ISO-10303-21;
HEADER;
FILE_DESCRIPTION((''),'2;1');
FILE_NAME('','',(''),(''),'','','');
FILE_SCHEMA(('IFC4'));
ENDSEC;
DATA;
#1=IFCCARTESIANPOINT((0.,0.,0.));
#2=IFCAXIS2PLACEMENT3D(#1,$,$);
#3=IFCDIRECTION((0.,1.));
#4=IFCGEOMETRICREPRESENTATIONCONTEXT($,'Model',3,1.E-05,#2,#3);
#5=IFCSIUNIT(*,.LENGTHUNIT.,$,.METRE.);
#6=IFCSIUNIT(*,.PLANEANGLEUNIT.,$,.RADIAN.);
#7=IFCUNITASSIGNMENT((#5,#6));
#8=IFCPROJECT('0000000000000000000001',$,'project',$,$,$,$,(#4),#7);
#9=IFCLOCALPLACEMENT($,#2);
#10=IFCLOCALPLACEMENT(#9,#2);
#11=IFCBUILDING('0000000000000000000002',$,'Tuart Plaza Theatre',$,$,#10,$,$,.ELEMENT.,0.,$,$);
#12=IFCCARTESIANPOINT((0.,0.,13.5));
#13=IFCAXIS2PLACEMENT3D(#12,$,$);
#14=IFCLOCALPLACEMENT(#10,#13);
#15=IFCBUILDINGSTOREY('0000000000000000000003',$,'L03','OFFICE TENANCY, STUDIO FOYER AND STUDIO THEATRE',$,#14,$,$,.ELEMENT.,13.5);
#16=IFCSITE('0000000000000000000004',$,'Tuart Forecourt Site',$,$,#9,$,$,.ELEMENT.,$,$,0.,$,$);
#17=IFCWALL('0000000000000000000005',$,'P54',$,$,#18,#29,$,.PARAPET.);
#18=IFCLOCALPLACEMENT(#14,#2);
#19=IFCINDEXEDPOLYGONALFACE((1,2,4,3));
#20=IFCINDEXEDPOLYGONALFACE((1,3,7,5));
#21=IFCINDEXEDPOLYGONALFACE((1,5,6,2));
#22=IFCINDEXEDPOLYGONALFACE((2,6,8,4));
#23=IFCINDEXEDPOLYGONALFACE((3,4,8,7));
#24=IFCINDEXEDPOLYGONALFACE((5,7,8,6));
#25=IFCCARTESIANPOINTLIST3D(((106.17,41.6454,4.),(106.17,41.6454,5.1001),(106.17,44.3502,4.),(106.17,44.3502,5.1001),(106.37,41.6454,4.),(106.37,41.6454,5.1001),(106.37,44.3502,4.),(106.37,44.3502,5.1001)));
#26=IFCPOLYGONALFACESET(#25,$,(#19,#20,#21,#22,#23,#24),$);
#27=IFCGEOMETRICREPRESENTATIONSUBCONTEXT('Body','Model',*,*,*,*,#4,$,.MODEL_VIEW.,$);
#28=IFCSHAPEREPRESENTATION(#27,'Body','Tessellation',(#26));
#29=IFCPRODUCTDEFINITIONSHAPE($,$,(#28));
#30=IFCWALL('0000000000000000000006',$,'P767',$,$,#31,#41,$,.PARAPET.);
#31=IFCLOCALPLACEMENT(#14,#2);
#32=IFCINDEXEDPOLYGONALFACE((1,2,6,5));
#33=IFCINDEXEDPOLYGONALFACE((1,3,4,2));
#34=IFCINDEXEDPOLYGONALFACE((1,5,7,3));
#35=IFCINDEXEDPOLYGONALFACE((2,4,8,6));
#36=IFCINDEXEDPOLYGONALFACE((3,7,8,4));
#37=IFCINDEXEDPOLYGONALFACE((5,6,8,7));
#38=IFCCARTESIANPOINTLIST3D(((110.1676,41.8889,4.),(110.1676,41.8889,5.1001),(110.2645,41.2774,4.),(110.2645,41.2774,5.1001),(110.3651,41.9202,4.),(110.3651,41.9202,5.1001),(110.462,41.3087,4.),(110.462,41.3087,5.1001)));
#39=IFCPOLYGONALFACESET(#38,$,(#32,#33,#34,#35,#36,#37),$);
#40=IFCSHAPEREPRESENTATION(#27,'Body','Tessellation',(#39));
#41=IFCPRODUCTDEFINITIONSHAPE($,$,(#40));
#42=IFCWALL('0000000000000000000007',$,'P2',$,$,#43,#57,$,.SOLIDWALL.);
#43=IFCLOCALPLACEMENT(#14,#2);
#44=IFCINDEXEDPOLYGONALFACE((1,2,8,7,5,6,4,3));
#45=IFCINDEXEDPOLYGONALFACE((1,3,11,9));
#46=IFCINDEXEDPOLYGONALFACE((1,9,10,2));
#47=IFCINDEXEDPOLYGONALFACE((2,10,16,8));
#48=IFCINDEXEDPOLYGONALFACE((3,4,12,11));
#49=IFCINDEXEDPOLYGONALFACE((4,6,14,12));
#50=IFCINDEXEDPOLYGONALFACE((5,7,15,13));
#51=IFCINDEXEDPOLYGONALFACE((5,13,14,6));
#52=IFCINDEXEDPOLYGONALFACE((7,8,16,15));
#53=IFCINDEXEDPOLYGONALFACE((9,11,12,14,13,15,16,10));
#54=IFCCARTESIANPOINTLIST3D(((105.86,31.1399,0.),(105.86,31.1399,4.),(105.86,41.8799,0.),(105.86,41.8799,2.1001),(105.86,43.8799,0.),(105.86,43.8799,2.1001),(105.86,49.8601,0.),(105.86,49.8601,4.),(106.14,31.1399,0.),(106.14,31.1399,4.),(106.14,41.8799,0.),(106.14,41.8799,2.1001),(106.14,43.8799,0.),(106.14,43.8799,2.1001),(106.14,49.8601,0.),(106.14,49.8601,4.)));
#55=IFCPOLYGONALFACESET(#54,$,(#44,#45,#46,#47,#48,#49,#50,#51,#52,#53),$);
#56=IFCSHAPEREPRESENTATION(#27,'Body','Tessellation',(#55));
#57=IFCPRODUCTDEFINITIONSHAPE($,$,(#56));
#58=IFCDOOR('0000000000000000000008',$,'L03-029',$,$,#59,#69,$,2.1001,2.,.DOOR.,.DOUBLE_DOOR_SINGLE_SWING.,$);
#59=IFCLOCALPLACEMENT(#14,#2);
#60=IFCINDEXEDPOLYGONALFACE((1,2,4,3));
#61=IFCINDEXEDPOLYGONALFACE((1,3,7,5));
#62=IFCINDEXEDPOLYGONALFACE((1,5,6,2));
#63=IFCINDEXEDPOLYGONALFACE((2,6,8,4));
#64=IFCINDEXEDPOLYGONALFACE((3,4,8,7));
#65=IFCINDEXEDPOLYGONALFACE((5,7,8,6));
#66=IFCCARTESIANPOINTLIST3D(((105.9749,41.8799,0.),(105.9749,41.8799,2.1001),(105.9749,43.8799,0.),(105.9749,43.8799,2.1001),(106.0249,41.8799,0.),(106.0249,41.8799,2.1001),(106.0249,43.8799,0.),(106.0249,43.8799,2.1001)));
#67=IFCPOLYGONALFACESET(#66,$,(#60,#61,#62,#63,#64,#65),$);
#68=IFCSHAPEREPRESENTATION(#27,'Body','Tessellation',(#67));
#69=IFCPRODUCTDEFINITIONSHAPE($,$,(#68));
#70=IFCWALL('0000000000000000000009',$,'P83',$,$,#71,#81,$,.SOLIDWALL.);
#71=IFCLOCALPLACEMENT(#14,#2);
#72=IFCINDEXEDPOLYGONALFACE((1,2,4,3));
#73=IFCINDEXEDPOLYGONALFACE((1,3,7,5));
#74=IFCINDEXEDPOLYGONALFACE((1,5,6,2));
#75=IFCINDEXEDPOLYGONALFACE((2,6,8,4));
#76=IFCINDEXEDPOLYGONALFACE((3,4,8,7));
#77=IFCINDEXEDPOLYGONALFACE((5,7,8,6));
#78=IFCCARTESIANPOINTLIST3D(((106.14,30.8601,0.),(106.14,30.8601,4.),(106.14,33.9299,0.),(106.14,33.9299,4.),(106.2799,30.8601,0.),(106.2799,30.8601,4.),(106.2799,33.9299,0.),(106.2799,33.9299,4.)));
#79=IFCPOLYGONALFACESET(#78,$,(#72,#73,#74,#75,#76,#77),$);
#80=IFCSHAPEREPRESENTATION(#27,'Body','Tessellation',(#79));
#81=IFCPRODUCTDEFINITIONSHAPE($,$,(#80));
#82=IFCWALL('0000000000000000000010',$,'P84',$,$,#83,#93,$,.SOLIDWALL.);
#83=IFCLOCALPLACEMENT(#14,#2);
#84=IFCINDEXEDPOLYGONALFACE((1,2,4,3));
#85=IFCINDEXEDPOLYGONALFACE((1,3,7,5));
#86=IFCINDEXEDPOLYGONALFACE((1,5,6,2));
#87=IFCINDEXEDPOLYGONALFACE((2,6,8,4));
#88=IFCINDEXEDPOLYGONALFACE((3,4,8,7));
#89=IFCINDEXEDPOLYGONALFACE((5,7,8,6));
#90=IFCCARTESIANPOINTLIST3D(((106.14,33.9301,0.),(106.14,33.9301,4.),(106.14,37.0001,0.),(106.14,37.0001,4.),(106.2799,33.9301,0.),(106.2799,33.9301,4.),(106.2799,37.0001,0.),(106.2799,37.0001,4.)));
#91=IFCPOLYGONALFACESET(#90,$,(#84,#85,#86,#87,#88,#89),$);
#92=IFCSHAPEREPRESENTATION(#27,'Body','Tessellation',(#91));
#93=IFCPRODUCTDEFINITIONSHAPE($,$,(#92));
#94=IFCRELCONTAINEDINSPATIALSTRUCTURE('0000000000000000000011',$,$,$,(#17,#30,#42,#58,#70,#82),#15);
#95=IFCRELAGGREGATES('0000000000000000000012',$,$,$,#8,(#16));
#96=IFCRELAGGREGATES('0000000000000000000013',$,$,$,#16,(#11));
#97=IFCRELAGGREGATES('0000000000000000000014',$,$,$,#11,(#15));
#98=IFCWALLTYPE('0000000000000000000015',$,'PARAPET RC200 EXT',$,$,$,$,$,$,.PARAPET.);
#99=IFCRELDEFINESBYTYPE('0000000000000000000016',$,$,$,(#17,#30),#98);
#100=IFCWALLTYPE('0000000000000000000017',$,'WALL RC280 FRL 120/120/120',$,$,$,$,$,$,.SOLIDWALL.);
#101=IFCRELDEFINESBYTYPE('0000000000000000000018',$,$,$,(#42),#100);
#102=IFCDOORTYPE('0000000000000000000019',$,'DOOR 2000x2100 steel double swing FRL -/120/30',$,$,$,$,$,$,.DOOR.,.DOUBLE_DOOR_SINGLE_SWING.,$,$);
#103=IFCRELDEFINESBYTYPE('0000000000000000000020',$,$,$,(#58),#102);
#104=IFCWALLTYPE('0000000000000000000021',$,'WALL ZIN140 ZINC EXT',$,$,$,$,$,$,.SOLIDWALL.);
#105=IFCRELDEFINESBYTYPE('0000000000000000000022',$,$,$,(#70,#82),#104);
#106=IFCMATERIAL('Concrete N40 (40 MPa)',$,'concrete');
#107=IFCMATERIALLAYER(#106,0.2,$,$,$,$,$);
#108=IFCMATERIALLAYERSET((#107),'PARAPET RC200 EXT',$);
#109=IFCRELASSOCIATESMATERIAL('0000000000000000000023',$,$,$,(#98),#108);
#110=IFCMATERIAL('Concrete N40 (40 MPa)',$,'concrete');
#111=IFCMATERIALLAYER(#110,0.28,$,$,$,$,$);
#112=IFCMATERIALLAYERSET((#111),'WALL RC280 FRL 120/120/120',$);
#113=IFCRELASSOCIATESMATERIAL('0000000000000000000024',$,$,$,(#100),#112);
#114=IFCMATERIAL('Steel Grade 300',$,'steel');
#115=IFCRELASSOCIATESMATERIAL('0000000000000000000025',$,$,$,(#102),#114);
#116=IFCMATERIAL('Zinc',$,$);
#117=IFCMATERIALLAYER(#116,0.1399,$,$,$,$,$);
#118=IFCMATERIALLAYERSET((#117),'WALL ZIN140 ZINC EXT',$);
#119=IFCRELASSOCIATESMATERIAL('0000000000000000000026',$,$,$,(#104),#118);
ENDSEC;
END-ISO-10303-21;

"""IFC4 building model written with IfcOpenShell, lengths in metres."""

from ifc_helpers import new_model, si_unit, direction, frame, frame_2d, origin, place, context, subcontext, project, spatial, rectangle, extrude, material, layer, layer_set, type_object, element, fill, save


model = new_model("IFC4")

# Units and contexts
model_context = context("Model", 3, precision=1e-05, world=origin(), true_north=direction((0.0, 1.0)))
body_context = subcontext(model_context, "Body", "Model", "MODEL_VIEW")
ifc_project = project(units=[si_unit("LENGTHUNIT", "METRE"), si_unit("PLANEANGLEUNIT", "RADIAN")], contexts=[model_context])

# Site, building, storey
site_placement = place(None, origin())
site = spatial("IfcSite", under=ifc_project, at=site_placement, Name="Tuart Forecourt Site", CompositionType="ELEMENT", RefElevation=0.0)
building_placement = place(site_placement, origin())
building = spatial("IfcBuilding", under=site, at=building_placement, Name="Tuart Plaza Theatre", CompositionType="ELEMENT", ElevationOfRefHeight=0.0)
storey_placement = place(building_placement, frame((0.0, 0.0, 13.5)))
storey = spatial("IfcBuildingStorey", under=building, at=storey_placement, Name="L03", Description="OFFICE TENANCY, STUDIO FOYER AND STUDIO THEATRE", CompositionType="ELEMENT", Elevation=13.5)

# Walls
ifc_material_1 = material(Name="Concrete N40 (40 MPa)", Category="concrete")
ifc_layer_1 = layer(ifc_material_1, 0.2)
ifc_layer_set_1 = layer_set([ifc_layer_1], Name="PARAPET RC200 EXT")
wall_type_1 = type_object("IfcWallType", Name="PARAPET RC200 EXT", PredefinedType="PARAPET", material=ifc_layer_set_1)
wall_1_placement = place(storey_placement, frame((106.27, 41.6453, 4.0), z_axis=(0.0, 0.0, 1.0), x_axis=(0.0, 1.0, 0.0)))
element("IfcWall", 1, at=wall_1_placement, inside=storey, type_object=wall_type_1, Name="P54", PredefinedType="PARAPET", context=body_context, shape_type="SweptSolid", body=[
    extrude(rectangle(XDim=2.7048, YDim=0.2, at=frame_2d((1.3525, 0.0))), origin(), (0.0, 0.0, 1.0), 1.1001),
])
wall_2_placement = place(storey_placement, frame((110.2664, 41.9045, 4.0), z_axis=(0.0, 0.0, 1.0), x_axis=(0.156529, -0.987673, 0.0)))
element("IfcWall", 2, at=wall_2_placement, inside=storey, type_object=wall_type_1, Name="P767", PredefinedType="PARAPET", context=body_context, shape_type="SweptSolid", body=[
    extrude(rectangle(XDim=0.6191, YDim=0.2, at=frame_2d((0.3096, 0.0))), origin(), (0.0, 0.0, 1.0), 1.1001),
])

# Wall, opening, door
ifc_material_2 = material(Name="Concrete N40 (40 MPa)", Category="concrete")
ifc_layer_2 = layer(ifc_material_2, 0.28)
ifc_layer_set_2 = layer_set([ifc_layer_2], Name="WALL RC280 FRL 120/120/120")
wall_type_2 = type_object("IfcWallType", Name="WALL RC280 FRL 120/120/120", PredefinedType="SOLIDWALL", material=ifc_layer_set_2)
wall_3_placement = place(storey_placement, frame((106.0, 31.1399, 0.0), z_axis=(0.0, 0.0, 1.0), x_axis=(0.0, 1.0, 0.0)))
wall_3 = element("IfcWall", 3, at=wall_3_placement, inside=storey, type_object=wall_type_2, Name="P2", PredefinedType="SOLIDWALL", context=body_context, shape_type="SweptSolid", body=[
    extrude(rectangle(XDim=18.7202, YDim=0.28, at=frame_2d((9.3601, 0.0))), origin(), (0.0, 0.0, 1.0), 4.0),
])
opening_placement = place(wall_3_placement, frame((10.74, 0.0, 0.0)))
opening = element("IfcOpeningElement", 4, at=opening_placement, cuts=wall_3, PredefinedType="OPENING", context=body_context, shape_type="SweptSolid", body=[
    extrude(rectangle(XDim=2.0, YDim=2.1001, at=frame_2d((1.0, 1.05))), frame((0.0, 0.1499, 0.0), z_axis=(0.0, -1.0, 0.0), x_axis=(1.0, 0.0, 0.0)), (0.0, 0.0, 1.0), 0.3),
])
ifc_material_3 = material(Name="Steel Grade 300", Category="steel")
door_type = type_object("IfcDoorType", Name="DOOR 2000x2100 steel double swing FRL -/120/30", OperationType="DOUBLE_DOOR_SINGLE_SWING", PredefinedType="DOOR", material=ifc_material_3)
door_placement = place(opening_placement, frame((2.0, 0.0, 0.0), z_axis=(0.0, 0.0, 1.0), x_axis=(-1.0, 0.0, 0.0)))
door = element("IfcDoor", 5, at=door_placement, inside=storey, type_object=door_type, Name="L03-029", OperationType="DOUBLE_DOOR_SINGLE_SWING", OverallHeight=2.1001, OverallWidth=2.0, PredefinedType="DOOR", context=body_context, shape_type="SweptSolid", body=[
    extrude(rectangle(XDim=2.0, YDim=2.1001, at=frame_2d((1.0, 1.05))), frame((0.0, 0.0249, 0.0), z_axis=(0.0, -1.0, 0.0), x_axis=(1.0, 0.0, 0.0)), (0.0, 0.0, 1.0), 0.05),
])
fill(opening, door)

# Walls
ifc_material_4 = material(Name="Zinc")
ifc_layer_3 = layer(ifc_material_4, 0.1399)
ifc_layer_set_3 = layer_set([ifc_layer_3], Name="WALL ZIN140 ZINC EXT")
wall_type_3 = type_object("IfcWallType", Name="WALL ZIN140 ZINC EXT", PredefinedType="SOLIDWALL", material=ifc_layer_set_3)
wall_4_placement = place(storey_placement, frame((106.21, 30.8601, 0.0), z_axis=(0.0, 0.0, 1.0), x_axis=(0.0, 1.0, 0.0)))
element("IfcWall", 6, at=wall_4_placement, inside=storey, type_object=wall_type_3, Name="P83", PredefinedType="SOLIDWALL", context=body_context, shape_type="SweptSolid", body=[
    extrude(rectangle(XDim=3.0698, YDim=0.1399, at=frame_2d((1.5349, 0.0))), origin(), (0.0, 0.0, 1.0), 4.0),
])
wall_5_placement = place(storey_placement, frame((106.21, 33.9299, 0.0), z_axis=(0.0, 0.0, 1.0), x_axis=(0.0, 1.0, 0.0)))
element("IfcWall", 7, at=wall_5_placement, inside=storey, type_object=wall_type_3, Name="P84", PredefinedType="SOLIDWALL", context=body_context, shape_type="SweptSolid", body=[
    extrude(rectangle(XDim=3.0701, YDim=0.1399, at=frame_2d((1.5352, 0.0))), origin(), (0.0, 0.0, 1.0), 4.0),
])

save(model, "model.ifc")
